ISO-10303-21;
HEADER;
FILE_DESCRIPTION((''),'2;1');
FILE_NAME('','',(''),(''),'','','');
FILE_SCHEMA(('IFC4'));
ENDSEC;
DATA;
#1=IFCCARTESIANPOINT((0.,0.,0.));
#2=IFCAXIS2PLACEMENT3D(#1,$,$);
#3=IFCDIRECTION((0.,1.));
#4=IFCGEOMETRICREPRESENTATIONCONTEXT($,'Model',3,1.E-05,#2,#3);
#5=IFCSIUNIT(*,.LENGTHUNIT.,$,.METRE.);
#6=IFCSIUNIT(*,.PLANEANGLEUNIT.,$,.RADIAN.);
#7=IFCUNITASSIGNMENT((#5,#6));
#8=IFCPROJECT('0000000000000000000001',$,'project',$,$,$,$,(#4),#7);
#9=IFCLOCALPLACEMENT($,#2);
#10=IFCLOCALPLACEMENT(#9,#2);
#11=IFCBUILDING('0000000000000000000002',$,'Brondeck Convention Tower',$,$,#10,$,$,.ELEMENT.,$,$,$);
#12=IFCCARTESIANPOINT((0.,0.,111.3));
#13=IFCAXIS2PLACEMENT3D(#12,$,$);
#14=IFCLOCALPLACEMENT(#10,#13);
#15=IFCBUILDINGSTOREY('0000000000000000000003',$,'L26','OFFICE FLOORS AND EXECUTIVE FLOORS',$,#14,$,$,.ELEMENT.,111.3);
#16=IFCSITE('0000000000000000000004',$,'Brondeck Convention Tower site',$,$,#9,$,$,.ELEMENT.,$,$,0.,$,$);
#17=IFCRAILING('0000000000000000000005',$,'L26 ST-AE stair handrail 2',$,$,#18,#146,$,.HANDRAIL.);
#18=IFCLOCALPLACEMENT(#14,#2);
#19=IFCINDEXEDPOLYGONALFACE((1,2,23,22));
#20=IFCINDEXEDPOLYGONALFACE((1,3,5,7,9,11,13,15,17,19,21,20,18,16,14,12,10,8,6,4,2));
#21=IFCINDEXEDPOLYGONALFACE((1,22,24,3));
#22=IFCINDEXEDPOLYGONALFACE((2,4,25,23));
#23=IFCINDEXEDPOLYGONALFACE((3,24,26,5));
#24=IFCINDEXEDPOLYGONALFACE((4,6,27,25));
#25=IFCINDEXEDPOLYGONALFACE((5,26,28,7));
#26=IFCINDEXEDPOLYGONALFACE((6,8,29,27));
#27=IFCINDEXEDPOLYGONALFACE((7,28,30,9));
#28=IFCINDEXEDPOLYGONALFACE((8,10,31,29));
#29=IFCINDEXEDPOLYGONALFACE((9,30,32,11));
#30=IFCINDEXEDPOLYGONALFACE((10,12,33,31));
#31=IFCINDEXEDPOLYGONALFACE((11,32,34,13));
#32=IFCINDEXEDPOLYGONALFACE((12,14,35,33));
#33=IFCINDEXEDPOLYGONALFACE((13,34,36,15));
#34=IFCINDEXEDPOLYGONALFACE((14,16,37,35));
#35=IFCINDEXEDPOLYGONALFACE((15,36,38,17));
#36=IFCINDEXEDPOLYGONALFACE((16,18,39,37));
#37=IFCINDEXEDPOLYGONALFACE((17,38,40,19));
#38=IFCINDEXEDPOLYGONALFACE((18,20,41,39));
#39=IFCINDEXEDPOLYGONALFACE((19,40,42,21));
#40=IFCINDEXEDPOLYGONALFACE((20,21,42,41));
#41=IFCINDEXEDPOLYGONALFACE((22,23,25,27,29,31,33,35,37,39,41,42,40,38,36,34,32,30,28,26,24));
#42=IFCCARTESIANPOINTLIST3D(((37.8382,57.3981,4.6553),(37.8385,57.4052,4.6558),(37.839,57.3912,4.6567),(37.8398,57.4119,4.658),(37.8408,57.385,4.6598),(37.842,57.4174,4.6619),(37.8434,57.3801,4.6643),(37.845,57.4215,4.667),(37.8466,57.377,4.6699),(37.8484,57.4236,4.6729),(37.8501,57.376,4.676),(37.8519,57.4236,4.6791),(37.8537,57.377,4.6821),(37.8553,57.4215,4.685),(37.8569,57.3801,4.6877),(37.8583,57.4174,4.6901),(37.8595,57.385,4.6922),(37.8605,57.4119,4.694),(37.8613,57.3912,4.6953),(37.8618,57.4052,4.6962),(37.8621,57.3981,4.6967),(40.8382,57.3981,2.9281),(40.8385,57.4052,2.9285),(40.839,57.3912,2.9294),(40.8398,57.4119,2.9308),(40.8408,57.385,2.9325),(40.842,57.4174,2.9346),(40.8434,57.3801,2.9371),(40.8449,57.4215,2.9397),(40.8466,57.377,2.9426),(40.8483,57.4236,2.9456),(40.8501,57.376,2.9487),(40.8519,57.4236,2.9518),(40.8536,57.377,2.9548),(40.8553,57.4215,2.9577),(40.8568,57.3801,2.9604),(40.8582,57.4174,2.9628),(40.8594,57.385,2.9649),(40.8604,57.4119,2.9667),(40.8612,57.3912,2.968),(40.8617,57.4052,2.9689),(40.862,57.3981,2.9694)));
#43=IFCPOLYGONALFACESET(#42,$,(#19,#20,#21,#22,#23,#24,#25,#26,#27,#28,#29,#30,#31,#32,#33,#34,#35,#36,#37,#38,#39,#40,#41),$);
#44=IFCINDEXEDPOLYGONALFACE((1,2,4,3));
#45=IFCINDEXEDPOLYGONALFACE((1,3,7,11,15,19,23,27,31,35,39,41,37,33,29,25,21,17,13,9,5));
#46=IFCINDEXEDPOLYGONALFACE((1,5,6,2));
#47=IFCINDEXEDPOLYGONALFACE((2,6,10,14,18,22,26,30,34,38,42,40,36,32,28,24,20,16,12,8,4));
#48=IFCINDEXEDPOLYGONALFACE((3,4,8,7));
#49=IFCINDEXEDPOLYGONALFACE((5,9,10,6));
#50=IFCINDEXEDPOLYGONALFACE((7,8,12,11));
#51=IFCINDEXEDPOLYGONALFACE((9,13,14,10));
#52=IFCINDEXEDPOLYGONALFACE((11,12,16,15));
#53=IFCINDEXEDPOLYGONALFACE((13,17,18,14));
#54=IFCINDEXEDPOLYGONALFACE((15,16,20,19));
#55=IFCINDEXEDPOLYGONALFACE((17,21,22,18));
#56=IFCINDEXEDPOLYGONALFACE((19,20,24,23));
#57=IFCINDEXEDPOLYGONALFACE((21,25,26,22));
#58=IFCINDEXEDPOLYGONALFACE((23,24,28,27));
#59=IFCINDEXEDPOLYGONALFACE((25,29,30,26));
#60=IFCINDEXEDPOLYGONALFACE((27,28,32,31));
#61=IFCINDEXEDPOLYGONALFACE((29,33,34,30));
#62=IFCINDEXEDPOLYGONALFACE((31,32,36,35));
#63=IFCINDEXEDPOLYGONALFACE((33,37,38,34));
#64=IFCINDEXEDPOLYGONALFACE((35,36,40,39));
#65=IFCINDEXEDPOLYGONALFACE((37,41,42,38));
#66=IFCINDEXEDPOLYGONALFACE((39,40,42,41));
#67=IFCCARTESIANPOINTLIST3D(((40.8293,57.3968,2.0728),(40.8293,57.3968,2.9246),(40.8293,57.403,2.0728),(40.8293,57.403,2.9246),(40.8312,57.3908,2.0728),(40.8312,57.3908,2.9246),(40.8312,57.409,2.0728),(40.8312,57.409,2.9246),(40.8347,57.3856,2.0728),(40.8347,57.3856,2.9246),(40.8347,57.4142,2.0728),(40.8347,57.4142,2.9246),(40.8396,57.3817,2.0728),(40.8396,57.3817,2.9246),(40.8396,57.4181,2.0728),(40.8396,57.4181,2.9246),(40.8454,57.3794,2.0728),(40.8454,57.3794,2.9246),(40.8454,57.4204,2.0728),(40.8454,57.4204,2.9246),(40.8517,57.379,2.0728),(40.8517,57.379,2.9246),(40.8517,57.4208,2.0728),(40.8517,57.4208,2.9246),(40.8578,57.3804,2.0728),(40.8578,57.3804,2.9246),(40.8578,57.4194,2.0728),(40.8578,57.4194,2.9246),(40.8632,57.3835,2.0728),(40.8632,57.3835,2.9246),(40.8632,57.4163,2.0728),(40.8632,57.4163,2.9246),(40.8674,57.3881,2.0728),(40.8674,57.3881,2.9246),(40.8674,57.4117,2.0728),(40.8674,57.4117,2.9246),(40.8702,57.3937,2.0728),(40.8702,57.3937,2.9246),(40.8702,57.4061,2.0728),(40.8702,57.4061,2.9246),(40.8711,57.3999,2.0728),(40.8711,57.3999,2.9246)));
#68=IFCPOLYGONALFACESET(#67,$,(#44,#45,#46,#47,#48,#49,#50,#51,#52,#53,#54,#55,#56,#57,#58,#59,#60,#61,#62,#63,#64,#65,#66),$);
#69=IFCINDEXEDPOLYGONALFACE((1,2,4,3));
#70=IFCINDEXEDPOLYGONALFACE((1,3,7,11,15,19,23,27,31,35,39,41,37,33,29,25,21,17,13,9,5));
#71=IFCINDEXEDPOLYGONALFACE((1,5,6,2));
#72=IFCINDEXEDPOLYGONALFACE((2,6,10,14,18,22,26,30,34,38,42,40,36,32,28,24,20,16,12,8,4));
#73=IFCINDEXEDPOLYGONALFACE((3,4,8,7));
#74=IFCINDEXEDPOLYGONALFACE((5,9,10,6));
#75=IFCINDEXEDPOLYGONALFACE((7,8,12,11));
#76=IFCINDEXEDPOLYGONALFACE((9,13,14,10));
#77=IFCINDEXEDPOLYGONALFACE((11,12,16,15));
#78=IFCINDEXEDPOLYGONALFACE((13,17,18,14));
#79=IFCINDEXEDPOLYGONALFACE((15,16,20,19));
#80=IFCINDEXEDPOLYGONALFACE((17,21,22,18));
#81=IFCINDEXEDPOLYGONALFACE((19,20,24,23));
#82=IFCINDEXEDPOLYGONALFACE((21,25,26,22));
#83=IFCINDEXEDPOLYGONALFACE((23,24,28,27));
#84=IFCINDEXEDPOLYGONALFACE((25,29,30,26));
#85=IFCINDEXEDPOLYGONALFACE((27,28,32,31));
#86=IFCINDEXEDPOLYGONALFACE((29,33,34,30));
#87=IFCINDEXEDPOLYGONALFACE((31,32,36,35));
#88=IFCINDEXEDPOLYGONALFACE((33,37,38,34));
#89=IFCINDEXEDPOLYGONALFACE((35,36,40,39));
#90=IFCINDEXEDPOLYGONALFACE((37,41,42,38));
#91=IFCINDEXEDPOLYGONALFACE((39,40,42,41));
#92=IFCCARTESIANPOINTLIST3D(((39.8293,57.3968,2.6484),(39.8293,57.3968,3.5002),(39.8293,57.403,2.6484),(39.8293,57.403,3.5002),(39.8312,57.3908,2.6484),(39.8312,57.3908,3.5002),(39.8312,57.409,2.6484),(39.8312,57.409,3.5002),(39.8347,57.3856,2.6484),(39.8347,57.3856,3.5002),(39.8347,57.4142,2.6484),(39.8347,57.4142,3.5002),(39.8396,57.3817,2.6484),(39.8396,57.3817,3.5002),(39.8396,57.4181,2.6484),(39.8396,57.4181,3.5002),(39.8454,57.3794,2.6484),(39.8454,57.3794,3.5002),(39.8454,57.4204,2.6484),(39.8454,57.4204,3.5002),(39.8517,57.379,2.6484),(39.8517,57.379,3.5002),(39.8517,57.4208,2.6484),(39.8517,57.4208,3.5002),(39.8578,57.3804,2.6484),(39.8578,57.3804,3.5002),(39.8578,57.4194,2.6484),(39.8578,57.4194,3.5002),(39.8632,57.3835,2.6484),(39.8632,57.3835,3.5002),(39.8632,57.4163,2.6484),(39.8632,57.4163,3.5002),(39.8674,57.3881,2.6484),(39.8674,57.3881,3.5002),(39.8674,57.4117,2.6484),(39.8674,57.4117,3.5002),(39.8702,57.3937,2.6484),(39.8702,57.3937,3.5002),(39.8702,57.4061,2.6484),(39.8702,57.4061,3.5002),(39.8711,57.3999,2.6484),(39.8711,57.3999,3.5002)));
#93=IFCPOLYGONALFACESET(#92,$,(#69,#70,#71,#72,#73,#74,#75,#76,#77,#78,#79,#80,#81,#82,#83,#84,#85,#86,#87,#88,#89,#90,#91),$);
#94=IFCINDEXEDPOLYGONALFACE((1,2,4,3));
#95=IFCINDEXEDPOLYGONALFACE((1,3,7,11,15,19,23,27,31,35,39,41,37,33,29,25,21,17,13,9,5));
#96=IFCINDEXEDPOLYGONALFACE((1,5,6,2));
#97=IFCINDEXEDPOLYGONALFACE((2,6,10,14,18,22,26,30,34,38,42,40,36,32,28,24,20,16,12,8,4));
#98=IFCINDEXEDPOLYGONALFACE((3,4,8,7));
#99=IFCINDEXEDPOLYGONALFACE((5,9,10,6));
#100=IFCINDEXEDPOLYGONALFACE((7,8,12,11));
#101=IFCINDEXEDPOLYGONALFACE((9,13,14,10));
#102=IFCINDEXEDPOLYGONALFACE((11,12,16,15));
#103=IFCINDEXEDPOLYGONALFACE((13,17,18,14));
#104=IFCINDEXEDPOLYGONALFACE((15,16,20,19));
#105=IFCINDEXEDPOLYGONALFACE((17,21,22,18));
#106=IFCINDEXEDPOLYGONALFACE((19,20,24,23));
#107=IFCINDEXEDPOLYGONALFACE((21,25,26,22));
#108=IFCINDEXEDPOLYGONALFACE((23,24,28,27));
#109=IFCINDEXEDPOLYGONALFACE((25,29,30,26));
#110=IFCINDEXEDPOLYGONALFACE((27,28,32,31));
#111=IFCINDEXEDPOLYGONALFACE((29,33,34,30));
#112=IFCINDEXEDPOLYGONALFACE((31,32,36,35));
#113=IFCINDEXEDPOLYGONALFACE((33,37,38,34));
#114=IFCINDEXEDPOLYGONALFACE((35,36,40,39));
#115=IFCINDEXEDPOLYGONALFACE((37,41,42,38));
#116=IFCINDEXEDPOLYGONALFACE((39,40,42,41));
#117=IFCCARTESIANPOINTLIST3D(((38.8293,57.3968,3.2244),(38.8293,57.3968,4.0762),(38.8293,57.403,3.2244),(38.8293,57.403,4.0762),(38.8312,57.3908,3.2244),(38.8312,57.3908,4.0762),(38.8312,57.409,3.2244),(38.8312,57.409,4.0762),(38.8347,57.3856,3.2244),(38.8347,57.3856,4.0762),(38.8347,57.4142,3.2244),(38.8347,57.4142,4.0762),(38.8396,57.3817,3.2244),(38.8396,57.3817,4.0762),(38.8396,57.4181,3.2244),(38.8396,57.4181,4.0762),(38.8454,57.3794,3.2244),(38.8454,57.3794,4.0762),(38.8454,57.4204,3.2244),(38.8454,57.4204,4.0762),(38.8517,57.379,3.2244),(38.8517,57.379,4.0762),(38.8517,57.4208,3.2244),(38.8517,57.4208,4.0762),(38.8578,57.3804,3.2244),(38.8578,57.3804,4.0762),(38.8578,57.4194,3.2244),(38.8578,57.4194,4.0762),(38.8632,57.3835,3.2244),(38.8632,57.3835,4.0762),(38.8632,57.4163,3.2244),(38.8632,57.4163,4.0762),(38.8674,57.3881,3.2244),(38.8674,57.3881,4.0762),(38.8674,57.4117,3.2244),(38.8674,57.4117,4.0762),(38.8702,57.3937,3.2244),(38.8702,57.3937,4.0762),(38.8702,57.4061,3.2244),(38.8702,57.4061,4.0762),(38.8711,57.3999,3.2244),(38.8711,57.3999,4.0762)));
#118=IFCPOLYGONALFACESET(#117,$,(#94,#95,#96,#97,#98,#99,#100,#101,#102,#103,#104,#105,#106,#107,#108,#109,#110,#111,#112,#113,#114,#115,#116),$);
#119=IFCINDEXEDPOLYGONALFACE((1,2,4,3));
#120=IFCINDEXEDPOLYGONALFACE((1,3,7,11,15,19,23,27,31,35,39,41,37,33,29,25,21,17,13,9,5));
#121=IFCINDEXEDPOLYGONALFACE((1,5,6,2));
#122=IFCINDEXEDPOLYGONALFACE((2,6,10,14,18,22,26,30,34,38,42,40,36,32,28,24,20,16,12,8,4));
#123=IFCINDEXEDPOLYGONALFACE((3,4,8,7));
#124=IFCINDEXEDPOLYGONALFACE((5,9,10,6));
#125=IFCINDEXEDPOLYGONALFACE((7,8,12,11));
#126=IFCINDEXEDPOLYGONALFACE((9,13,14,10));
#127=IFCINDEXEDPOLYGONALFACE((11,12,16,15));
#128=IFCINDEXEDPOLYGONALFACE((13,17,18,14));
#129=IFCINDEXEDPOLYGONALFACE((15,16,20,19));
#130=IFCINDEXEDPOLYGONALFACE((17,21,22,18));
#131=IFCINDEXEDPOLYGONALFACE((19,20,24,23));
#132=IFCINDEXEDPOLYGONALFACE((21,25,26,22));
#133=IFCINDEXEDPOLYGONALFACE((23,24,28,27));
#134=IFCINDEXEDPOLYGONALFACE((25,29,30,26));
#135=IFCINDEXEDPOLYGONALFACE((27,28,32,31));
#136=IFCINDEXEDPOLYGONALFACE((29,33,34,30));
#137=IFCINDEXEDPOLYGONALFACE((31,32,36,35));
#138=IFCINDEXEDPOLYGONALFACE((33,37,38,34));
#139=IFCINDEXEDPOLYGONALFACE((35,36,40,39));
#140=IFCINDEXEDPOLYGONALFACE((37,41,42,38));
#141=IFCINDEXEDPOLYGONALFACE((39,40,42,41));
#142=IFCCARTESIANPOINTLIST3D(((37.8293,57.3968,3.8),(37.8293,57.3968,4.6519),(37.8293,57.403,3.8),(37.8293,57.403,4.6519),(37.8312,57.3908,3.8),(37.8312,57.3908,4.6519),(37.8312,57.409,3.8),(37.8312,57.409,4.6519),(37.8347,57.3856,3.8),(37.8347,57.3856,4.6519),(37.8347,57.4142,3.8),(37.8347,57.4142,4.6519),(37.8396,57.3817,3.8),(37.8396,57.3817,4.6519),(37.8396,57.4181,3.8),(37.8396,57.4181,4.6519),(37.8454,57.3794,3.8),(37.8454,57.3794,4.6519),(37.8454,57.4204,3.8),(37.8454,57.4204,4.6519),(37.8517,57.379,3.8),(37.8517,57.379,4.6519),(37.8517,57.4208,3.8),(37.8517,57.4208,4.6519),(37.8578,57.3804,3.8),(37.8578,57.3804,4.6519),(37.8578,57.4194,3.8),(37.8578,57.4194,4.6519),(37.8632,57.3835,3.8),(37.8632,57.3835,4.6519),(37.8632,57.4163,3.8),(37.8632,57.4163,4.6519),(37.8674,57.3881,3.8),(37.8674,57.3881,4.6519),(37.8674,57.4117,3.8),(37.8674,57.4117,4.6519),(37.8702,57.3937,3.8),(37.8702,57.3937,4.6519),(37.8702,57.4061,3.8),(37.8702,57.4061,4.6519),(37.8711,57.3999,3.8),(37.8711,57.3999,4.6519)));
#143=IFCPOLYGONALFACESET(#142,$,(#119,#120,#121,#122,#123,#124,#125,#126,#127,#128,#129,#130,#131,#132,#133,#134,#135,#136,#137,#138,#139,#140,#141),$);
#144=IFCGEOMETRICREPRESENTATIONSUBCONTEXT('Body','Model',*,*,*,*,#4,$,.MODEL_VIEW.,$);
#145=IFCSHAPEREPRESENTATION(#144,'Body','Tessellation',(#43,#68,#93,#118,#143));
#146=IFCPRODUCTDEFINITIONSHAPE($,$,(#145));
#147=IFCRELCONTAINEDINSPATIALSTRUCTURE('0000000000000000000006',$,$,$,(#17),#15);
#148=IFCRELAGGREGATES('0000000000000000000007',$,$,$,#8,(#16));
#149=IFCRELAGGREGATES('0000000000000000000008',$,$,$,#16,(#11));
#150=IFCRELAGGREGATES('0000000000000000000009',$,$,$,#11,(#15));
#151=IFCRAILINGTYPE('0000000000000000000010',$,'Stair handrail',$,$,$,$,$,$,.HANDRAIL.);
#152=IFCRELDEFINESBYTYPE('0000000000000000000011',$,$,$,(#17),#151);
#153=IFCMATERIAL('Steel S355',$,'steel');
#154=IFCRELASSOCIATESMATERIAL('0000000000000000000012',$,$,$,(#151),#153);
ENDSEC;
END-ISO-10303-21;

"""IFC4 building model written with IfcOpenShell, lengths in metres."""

from ifc_helpers import new_model, si_unit, direction, frame, origin, origin_2d, place, context, subcontext, project, spatial, circle, extrude, material, type_object, element, save


model = new_model("IFC4")

# Units and contexts
model_context = context("Model", 3, precision=1e-05, world=origin(), true_north=direction((0.0, 1.0)))
body_context = subcontext(model_context, "Body", "Model", "MODEL_VIEW")
ifc_project = project(units=[si_unit("LENGTHUNIT", "METRE"), si_unit("PLANEANGLEUNIT", "RADIAN")], contexts=[model_context])

# Site, building, storey
site_placement = place(None, origin())
site = spatial("IfcSite", under=ifc_project, at=site_placement, Name="Brondeck Convention Tower site", CompositionType="ELEMENT", RefElevation=0.0)
building_placement = place(site_placement, origin())
building = spatial("IfcBuilding", under=site, at=building_placement, Name="Brondeck Convention Tower", CompositionType="ELEMENT")
storey_placement = place(building_placement, frame((0.0, 0.0, 111.3)))
storey = spatial("IfcBuildingStorey", under=building, at=storey_placement, Name="L26", Description="OFFICE FLOORS AND EXECUTIVE FLOORS", CompositionType="ELEMENT", Elevation=111.3)

# Shared definitions
ifc_material_1 = material(Name="Steel S355", Category="steel")

# Railing
railing_type_1 = type_object("IfcRailingType", Name="Stair handrail", PredefinedType="HANDRAIL", material=ifc_material_1)
railing_1_placement = place(storey_placement, frame((40.8501, 57.3999, 2.0728)))
element("IfcRailing", 1, at=railing_1_placement, inside=storey, type_object=railing_type_1, Name="L26 ST-AE stair handrail 2", PredefinedType="HANDRAIL", context=body_context, shape_type="SweptSolid", body=[
    extrude(circle(Radius=0.0239, at=origin_2d()), frame((0.0, 0.0, 0.876), z_axis=(-0.86662, 0.0, 0.498969), x_axis=(0.0, -1.0, 0.0)), (0.0, 0.0, 1.0), 3.4617),
    extrude(circle(Radius=0.021, at=origin_2d()), origin(), (0.0, 0.0, 1.0), 0.8518),
    extrude(circle(Radius=0.021, at=origin_2d()), frame((-1.0, 0.0, 0.5757)), (0.0, 0.0, 1.0), 0.8518),
    extrude(circle(Radius=0.021, at=origin_2d()), frame((-2.0, 0.0, 1.1516)), (0.0, 0.0, 1.0), 0.8518),
    extrude(circle(Radius=0.021, at=origin_2d()), frame((-3.0, 0.0, 1.7273)), (0.0, 0.0, 1.0), 0.8518),
])

save(model, "model.ifc")
